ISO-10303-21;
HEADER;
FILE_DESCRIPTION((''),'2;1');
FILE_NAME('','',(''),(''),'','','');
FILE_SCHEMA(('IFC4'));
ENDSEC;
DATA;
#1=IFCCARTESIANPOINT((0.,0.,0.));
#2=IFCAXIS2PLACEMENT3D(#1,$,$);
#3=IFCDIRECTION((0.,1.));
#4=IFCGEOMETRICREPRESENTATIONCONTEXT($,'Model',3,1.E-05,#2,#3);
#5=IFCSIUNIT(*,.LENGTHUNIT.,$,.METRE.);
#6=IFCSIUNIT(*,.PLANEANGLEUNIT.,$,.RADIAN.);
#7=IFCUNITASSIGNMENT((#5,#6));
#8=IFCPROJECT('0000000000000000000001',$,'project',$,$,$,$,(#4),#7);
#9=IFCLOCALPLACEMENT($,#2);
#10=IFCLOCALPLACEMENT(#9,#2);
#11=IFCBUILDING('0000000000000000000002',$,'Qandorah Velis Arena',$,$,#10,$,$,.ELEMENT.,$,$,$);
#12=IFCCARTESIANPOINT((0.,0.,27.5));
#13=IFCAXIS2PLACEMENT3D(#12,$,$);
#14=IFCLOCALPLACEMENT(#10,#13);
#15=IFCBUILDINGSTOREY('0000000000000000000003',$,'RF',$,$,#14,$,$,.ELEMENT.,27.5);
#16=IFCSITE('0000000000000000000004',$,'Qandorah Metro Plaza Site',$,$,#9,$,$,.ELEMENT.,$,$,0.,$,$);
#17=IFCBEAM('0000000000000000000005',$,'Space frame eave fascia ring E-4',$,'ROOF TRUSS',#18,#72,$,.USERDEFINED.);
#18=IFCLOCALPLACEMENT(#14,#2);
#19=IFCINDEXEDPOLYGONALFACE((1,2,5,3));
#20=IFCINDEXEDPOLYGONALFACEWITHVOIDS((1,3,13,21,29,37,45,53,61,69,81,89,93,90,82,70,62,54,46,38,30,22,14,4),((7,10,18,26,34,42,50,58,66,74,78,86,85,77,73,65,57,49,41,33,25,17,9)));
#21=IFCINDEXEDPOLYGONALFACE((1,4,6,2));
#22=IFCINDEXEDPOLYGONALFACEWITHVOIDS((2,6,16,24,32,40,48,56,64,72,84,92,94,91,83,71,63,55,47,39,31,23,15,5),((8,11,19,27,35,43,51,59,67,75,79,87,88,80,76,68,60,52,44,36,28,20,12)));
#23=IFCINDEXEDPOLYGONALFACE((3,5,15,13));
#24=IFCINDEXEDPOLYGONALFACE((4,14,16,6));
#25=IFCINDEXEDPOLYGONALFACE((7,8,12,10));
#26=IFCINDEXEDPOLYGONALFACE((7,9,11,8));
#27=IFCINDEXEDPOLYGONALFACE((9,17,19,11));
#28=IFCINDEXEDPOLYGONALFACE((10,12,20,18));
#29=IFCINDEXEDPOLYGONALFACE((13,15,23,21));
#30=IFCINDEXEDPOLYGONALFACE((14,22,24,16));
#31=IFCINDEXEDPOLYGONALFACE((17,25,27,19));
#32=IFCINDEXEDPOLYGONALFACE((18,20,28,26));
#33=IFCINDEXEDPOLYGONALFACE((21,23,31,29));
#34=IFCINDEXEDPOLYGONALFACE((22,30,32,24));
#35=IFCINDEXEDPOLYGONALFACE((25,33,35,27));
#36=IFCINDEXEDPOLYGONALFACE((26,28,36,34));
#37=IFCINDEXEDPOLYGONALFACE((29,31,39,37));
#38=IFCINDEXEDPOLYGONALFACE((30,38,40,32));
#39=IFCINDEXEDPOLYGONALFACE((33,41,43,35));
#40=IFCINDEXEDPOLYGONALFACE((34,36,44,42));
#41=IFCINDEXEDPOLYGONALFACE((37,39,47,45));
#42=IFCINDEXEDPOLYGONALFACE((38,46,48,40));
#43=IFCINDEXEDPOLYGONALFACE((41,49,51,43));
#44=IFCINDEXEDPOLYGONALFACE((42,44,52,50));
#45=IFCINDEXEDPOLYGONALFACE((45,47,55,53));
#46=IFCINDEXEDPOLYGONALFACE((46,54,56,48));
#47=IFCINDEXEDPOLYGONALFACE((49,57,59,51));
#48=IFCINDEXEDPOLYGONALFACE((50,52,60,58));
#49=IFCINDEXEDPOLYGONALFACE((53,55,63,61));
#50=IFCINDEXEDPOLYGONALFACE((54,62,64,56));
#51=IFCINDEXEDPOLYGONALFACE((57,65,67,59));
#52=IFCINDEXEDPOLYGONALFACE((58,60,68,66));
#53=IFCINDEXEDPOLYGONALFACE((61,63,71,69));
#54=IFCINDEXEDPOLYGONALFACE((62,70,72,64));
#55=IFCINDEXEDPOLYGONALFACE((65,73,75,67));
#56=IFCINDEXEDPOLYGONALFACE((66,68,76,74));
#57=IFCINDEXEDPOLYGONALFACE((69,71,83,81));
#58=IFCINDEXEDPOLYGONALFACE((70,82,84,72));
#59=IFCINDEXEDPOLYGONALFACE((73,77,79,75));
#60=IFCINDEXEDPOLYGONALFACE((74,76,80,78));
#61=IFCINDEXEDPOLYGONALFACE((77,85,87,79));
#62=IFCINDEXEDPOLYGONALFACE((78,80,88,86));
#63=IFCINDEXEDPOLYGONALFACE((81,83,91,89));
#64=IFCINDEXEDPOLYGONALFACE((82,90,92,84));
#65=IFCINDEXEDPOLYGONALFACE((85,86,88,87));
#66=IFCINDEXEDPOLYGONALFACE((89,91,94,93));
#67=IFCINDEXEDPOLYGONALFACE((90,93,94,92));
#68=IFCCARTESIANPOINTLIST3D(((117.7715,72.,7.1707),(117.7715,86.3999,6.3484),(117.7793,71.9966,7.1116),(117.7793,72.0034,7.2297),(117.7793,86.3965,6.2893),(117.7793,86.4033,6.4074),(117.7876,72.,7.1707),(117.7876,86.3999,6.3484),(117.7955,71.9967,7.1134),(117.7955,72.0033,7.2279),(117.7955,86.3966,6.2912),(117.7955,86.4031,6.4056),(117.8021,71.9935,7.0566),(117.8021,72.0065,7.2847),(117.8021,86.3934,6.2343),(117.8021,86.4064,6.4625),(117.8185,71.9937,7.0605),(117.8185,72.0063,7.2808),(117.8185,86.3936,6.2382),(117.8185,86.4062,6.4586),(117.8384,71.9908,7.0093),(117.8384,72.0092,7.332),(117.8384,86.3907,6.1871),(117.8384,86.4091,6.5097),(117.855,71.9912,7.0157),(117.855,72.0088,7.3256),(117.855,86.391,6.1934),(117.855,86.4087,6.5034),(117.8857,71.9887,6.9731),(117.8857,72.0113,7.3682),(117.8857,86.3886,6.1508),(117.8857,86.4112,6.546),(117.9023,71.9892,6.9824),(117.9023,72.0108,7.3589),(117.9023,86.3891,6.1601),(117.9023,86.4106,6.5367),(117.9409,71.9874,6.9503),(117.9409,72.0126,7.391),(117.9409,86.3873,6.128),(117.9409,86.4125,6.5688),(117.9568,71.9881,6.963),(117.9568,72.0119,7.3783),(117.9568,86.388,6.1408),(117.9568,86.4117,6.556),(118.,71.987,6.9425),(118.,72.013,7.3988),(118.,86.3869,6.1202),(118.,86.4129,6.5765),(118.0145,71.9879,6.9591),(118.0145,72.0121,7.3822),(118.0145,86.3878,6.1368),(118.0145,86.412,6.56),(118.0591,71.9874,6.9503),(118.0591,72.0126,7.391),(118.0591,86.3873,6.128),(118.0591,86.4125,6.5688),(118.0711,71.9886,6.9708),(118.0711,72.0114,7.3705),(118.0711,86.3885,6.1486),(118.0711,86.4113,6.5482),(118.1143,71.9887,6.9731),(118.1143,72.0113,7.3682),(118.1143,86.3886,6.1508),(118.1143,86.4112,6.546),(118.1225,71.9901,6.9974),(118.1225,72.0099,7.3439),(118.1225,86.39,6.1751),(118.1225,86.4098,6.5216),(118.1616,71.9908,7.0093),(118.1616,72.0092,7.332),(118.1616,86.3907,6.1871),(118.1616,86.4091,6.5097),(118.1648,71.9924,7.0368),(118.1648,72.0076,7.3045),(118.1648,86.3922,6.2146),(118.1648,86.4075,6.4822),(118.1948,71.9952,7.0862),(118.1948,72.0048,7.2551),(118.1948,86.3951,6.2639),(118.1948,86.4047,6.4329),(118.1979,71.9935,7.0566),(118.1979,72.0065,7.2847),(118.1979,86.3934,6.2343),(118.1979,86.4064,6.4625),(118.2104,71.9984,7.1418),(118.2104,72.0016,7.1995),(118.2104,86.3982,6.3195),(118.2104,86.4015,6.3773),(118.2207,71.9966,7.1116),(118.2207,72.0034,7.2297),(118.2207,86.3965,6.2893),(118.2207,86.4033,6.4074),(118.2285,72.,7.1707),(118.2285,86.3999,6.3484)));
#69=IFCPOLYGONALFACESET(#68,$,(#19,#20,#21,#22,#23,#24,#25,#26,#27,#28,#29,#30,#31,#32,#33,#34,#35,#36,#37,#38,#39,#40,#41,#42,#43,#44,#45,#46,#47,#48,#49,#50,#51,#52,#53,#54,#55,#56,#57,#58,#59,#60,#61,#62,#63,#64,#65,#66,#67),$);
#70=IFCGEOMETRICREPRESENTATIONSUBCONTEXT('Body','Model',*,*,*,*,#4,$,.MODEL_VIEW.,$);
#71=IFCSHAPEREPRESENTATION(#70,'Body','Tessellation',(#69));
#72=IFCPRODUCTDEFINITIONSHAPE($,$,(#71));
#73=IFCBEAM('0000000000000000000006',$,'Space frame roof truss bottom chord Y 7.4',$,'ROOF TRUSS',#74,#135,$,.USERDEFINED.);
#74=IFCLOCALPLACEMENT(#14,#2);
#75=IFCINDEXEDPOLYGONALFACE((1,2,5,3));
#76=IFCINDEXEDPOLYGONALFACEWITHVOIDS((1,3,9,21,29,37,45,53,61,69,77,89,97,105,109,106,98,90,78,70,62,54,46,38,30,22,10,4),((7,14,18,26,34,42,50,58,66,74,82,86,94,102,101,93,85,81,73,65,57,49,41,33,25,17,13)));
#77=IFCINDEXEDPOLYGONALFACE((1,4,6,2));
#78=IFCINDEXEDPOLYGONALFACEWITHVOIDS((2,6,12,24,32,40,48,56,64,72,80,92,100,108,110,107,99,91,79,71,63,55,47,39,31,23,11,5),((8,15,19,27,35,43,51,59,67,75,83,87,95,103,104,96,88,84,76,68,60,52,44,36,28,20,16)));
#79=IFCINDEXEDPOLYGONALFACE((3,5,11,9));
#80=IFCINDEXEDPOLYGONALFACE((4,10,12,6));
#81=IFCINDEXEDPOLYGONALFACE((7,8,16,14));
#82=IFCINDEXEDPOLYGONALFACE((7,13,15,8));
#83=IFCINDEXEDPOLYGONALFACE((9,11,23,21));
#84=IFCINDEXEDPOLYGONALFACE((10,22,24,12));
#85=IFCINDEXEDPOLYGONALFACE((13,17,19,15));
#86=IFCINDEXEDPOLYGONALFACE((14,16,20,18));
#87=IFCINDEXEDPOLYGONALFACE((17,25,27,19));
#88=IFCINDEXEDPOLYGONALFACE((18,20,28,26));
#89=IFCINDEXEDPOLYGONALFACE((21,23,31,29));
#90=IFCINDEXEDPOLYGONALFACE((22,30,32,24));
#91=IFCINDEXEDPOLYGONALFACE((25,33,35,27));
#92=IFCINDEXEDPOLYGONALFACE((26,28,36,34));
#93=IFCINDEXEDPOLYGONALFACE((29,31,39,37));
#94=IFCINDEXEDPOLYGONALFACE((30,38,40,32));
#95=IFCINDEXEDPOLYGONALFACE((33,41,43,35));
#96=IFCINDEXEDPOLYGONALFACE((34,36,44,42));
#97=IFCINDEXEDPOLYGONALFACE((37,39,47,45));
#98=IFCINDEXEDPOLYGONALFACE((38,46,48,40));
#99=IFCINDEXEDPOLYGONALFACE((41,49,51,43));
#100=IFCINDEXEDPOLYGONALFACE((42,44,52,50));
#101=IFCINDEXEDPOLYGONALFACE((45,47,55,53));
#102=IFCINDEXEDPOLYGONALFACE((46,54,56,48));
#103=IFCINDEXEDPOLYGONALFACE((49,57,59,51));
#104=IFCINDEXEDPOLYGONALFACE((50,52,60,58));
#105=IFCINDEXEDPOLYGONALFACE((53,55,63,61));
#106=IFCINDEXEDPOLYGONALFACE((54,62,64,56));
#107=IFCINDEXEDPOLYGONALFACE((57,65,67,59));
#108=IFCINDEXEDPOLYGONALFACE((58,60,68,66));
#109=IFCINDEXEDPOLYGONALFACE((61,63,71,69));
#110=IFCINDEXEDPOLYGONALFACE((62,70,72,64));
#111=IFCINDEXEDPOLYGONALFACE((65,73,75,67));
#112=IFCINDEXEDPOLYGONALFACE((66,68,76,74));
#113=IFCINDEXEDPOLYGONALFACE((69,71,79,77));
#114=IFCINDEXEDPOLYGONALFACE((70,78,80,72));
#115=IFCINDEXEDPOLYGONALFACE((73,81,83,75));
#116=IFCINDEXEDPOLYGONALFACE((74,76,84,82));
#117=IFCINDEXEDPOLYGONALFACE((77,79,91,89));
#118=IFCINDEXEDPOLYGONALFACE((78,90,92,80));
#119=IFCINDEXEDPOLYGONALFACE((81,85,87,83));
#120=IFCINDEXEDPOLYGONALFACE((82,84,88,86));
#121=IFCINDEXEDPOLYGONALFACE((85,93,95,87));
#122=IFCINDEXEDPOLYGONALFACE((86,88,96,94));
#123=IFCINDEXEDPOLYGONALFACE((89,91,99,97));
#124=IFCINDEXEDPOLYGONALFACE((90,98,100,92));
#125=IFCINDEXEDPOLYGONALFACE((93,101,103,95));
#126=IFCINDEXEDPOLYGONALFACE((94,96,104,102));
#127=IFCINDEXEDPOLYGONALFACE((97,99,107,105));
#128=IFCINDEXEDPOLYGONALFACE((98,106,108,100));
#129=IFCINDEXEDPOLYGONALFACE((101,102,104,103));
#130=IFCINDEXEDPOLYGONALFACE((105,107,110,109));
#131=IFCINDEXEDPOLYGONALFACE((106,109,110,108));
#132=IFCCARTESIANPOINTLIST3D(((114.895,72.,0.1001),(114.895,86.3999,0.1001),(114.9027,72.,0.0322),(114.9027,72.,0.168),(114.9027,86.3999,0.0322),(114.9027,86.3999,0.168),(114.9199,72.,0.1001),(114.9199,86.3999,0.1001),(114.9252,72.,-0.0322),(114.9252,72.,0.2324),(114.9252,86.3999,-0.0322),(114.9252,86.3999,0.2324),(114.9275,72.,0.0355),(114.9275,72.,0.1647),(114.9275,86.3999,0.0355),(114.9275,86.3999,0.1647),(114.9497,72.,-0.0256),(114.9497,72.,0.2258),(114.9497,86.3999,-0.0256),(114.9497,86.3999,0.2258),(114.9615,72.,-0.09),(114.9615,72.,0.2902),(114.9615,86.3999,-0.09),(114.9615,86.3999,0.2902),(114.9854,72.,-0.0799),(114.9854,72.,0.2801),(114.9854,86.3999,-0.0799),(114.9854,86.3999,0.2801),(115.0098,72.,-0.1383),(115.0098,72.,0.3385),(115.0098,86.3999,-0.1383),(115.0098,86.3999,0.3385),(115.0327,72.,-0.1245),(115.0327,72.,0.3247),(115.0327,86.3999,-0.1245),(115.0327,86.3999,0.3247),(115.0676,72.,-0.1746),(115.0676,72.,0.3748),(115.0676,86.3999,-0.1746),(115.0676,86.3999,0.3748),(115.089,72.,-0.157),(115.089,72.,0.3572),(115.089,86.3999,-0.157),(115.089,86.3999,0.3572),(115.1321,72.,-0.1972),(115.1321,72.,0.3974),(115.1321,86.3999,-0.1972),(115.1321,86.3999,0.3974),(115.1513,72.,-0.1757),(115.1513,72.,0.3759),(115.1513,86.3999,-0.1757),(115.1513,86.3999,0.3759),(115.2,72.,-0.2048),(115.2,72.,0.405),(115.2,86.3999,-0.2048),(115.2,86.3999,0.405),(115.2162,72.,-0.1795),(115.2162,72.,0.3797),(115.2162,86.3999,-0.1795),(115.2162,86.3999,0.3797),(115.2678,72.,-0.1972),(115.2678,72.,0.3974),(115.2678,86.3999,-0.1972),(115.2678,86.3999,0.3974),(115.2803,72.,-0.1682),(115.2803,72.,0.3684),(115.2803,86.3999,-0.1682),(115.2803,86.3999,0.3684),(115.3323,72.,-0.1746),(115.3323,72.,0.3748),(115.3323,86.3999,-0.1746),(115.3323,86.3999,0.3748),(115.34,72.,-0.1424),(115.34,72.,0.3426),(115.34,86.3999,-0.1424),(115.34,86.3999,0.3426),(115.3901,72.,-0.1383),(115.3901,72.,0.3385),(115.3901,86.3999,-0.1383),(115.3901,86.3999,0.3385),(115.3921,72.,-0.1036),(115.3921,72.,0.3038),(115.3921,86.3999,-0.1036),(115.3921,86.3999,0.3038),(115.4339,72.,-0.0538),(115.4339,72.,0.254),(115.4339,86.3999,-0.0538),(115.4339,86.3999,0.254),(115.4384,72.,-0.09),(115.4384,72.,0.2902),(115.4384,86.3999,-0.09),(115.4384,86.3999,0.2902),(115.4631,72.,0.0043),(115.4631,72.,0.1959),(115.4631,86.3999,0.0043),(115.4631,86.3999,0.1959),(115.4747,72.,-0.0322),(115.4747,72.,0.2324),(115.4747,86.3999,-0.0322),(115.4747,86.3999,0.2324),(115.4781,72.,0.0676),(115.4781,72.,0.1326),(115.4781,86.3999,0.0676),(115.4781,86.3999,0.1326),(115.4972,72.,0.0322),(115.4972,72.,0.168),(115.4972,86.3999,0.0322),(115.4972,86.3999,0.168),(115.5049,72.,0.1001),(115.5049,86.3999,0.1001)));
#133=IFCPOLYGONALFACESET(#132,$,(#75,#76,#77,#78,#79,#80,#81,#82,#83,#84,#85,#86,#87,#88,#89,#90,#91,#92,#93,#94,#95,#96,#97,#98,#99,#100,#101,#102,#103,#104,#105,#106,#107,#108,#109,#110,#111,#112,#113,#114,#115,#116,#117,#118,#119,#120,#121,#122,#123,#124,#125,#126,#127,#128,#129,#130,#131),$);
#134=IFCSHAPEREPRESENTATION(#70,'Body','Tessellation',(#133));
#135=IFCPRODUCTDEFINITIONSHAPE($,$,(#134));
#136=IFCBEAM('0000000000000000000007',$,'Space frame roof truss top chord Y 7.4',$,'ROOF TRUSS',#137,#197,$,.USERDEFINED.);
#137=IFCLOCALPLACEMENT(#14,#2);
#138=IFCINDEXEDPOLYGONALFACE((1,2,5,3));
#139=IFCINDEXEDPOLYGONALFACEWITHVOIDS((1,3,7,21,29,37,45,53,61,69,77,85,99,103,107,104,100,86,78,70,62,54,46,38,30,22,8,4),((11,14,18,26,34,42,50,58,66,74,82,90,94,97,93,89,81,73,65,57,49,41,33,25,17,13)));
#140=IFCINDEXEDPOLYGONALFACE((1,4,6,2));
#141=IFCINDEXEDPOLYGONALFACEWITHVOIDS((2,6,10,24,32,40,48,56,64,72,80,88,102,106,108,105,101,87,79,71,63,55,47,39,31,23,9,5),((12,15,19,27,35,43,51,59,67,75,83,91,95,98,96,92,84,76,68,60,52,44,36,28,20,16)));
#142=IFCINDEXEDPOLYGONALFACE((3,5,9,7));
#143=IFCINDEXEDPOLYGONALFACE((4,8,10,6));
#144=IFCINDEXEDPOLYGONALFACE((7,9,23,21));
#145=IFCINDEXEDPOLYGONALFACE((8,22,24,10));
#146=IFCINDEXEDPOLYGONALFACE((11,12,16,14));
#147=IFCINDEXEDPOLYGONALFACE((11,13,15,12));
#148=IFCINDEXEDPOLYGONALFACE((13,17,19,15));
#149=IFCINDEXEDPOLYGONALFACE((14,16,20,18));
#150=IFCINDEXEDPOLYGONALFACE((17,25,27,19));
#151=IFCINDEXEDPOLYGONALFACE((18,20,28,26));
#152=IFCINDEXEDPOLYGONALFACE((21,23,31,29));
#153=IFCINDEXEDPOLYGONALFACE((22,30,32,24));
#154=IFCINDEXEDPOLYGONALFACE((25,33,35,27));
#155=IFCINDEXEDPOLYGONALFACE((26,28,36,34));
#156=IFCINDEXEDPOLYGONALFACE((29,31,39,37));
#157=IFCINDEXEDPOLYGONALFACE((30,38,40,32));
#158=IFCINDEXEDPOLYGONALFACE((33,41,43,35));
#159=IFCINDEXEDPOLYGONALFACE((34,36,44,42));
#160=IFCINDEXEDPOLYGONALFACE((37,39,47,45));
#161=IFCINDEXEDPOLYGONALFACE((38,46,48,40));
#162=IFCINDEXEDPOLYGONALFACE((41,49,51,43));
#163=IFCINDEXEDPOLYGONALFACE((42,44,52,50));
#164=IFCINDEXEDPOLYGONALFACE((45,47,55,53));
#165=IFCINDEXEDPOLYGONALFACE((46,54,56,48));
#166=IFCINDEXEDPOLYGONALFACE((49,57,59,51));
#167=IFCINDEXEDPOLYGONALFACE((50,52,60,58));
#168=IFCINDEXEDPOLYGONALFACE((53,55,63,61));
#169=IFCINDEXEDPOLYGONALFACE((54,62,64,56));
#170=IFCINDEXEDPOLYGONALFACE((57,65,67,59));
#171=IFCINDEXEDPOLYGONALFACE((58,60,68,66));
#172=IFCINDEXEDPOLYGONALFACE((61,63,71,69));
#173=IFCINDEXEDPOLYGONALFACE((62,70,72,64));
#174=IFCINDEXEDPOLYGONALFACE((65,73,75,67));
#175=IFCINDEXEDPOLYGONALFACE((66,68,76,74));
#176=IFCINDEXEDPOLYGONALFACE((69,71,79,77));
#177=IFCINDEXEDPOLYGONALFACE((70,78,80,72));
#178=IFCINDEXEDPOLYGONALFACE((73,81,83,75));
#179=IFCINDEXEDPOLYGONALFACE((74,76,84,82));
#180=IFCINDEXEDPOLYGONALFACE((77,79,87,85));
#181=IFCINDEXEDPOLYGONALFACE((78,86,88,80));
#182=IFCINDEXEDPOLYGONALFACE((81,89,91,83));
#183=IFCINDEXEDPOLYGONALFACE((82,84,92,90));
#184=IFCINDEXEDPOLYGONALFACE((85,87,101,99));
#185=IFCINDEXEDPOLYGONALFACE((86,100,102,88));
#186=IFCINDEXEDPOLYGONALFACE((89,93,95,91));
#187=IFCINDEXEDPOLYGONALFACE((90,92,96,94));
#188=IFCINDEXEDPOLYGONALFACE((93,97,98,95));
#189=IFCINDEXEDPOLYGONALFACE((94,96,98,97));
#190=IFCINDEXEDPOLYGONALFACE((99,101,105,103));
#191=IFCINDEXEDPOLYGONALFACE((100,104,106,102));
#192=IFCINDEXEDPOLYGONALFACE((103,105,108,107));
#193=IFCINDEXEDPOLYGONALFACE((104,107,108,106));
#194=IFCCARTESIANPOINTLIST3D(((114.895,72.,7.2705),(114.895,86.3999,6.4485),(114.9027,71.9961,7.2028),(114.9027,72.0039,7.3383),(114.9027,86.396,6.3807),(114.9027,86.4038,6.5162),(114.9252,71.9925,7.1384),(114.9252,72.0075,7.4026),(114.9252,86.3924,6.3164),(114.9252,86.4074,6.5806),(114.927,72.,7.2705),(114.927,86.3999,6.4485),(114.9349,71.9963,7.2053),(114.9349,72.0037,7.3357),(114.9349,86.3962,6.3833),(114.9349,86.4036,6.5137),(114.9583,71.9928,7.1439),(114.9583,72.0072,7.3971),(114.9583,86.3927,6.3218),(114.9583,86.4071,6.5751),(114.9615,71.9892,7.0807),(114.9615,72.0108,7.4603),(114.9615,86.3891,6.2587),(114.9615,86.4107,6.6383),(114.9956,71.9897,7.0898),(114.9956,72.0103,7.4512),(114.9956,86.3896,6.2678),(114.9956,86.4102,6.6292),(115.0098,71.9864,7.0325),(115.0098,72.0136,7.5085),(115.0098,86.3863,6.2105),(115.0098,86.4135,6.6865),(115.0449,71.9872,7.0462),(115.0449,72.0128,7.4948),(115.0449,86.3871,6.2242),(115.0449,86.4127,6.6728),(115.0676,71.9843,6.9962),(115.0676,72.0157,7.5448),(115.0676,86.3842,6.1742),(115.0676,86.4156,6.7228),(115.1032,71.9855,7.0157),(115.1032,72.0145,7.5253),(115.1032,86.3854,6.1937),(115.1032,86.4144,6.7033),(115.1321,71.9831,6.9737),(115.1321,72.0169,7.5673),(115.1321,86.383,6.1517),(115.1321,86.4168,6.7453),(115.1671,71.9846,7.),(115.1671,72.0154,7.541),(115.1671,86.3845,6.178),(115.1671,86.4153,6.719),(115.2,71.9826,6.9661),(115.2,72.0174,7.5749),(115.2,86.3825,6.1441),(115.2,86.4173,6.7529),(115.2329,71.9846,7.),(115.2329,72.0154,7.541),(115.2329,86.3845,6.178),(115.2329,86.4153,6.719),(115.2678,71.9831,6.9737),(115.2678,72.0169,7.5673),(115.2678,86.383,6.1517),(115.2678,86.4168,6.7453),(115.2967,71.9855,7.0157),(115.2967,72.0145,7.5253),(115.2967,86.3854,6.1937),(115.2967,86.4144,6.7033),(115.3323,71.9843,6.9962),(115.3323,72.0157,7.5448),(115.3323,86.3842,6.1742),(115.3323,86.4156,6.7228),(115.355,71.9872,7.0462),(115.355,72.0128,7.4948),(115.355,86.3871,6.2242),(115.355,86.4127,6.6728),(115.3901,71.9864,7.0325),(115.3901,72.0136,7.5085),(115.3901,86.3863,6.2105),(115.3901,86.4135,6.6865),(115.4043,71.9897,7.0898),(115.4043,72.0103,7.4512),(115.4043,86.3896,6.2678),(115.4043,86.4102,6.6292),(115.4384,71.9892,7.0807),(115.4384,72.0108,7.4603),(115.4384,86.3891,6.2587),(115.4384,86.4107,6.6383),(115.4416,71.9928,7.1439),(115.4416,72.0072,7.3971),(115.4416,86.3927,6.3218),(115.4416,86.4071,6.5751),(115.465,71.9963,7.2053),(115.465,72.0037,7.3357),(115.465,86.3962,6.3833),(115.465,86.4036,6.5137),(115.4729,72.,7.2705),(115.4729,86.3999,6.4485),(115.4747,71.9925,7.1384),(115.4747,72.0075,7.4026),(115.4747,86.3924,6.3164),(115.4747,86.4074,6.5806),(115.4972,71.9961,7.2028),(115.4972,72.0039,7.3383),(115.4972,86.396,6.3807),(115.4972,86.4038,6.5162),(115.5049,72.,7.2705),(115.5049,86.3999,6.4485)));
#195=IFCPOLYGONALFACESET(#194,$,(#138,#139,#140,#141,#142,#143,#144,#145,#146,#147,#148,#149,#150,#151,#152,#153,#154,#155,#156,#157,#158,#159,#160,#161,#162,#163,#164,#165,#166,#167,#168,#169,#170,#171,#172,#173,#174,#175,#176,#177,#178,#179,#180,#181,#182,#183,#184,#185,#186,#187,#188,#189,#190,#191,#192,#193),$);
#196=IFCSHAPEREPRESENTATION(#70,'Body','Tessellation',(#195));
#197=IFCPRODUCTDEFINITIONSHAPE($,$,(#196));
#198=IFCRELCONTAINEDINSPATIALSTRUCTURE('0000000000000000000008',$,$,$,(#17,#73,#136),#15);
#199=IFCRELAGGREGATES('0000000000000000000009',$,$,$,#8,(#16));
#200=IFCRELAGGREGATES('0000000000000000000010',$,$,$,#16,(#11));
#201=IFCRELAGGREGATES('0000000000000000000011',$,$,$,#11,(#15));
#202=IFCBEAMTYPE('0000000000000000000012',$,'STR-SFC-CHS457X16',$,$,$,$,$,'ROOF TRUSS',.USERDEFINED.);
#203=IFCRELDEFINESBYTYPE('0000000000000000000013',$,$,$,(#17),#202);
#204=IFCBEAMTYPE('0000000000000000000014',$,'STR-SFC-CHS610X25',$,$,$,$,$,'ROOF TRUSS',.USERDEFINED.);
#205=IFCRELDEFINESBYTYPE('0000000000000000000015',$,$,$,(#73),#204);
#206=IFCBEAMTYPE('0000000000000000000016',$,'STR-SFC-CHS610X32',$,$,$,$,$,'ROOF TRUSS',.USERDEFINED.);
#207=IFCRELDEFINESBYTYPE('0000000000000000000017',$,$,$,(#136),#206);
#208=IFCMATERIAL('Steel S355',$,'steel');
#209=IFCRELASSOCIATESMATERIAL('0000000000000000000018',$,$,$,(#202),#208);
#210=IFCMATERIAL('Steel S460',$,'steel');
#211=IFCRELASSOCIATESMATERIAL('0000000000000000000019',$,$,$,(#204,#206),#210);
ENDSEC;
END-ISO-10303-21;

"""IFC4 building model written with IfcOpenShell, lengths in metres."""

from ifc_helpers import new_model, si_unit, direction, frame, origin, origin_2d, place, context, subcontext, project, spatial, hollow_circle, extrude, material, material_profile, profile_set, type_object, element, save


model = new_model("IFC4")

# Units and contexts
model_context = context("Model", 3, precision=1e-05, world=origin(), true_north=direction((0.0, 1.0)))
body_context = subcontext(model_context, "Body", "Model", "MODEL_VIEW")
ifc_project = project(units=[si_unit("LENGTHUNIT", "METRE"), si_unit("PLANEANGLEUNIT", "RADIAN")], contexts=[model_context])

# Site, building, storey
site_placement = place(None, origin())
site = spatial("IfcSite", under=ifc_project, at=site_placement, Name="Qandorah Metro Plaza Site", CompositionType="ELEMENT", RefElevation=0.0)
building_placement = place(site_placement, origin())
building = spatial("IfcBuilding", under=site, at=building_placement, Name="Qandorah Velis Arena", CompositionType="ELEMENT")
storey_placement = place(building_placement, frame((0.0, 0.0, 27.5)))
storey = spatial("IfcBuildingStorey", under=building, at=storey_placement, Name="RF", CompositionType="ELEMENT", Elevation=27.5)

# Beams
ifc_material_1 = material(Name="Steel S355", Category="steel")
ifc_material_profile_1 = material_profile(ifc_material_1, hollow_circle(Radius=0.2285, WallThickness=0.0161, at=origin_2d()), Name="CHS 457x16")
ifc_profile_set_1 = profile_set([ifc_material_profile_1], Name="Steel S355")
beam_type_1 = type_object("IfcBeamType", Name="STR-SFC-CHS457X16", ElementType="ROOF TRUSS", PredefinedType="USERDEFINED", material=ifc_profile_set_1)
beam_1_placement = place(storey_placement, frame((118.0, 72.0, 7.1707), z_axis=(0.0, 0.998374, -0.057009), x_axis=(-1.0, 0.0, 0.0)))
element("IfcBeam", 1, at=beam_1_placement, inside=storey, type_object=beam_type_1, Name="Space frame eave fascia ring E-4", ObjectType="ROOF TRUSS", PredefinedType="USERDEFINED", context=body_context, shape_type="SweptSolid", body=[
    extrude(hollow_circle(Radius=0.2285, WallThickness=0.0161, at=origin_2d()), origin(), (0.0, 0.0, 1.0), 14.4233),
])
ifc_material_2 = material(Name="Steel S460", Category="steel")
ifc_material_profile_2 = material_profile(ifc_material_2, hollow_circle(Radius=0.3049, WallThickness=0.0249, at=origin_2d()), Name="CHS 610x25")
ifc_profile_set_2 = profile_set([ifc_material_profile_2], Name="Steel S460")
beam_type_2 = type_object("IfcBeamType", Name="STR-SFC-CHS610X25", ElementType="ROOF TRUSS", PredefinedType="USERDEFINED", material=ifc_profile_set_2)
beam_2_placement = place(storey_placement, frame((115.2, 72.0, 0.1001), z_axis=(0.0, 1.0, 0.0), x_axis=(-1.0, 0.0, 0.0)))
element("IfcBeam", 2, at=beam_2_placement, inside=storey, type_object=beam_type_2, Name="Space frame roof truss bottom chord Y 7.4", ObjectType="ROOF TRUSS", PredefinedType="USERDEFINED", context=body_context, shape_type="SweptSolid", body=[
    extrude(hollow_circle(Radius=0.3049, WallThickness=0.0249, at=origin_2d()), origin(), (0.0, 0.0, 1.0), 14.3999),
])
ifc_material_profile_3 = material_profile(ifc_material_2, hollow_circle(Radius=0.3049, WallThickness=0.032, at=origin_2d()), Name="CHS 610x32")
ifc_profile_set_3 = profile_set([ifc_material_profile_3], Name="Steel S460")
beam_type_3 = type_object("IfcBeamType", Name="STR-SFC-CHS610X32", ElementType="ROOF TRUSS", PredefinedType="USERDEFINED", material=ifc_profile_set_3)
beam_3_placement = place(storey_placement, frame((115.2, 72.0, 7.2705), z_axis=(0.0, 0.998375, -0.056992), x_axis=(-1.0, 0.0, 0.0)))
element("IfcBeam", 3, at=beam_3_placement, inside=storey, type_object=beam_type_3, Name="Space frame roof truss top chord Y 7.4", ObjectType="ROOF TRUSS", PredefinedType="USERDEFINED", context=body_context, shape_type="SweptSolid", body=[
    extrude(hollow_circle(Radius=0.3049, WallThickness=0.032, at=origin_2d()), origin(), (0.0, 0.0, 1.0), 14.4233),
])

save(model, "model.ifc")
